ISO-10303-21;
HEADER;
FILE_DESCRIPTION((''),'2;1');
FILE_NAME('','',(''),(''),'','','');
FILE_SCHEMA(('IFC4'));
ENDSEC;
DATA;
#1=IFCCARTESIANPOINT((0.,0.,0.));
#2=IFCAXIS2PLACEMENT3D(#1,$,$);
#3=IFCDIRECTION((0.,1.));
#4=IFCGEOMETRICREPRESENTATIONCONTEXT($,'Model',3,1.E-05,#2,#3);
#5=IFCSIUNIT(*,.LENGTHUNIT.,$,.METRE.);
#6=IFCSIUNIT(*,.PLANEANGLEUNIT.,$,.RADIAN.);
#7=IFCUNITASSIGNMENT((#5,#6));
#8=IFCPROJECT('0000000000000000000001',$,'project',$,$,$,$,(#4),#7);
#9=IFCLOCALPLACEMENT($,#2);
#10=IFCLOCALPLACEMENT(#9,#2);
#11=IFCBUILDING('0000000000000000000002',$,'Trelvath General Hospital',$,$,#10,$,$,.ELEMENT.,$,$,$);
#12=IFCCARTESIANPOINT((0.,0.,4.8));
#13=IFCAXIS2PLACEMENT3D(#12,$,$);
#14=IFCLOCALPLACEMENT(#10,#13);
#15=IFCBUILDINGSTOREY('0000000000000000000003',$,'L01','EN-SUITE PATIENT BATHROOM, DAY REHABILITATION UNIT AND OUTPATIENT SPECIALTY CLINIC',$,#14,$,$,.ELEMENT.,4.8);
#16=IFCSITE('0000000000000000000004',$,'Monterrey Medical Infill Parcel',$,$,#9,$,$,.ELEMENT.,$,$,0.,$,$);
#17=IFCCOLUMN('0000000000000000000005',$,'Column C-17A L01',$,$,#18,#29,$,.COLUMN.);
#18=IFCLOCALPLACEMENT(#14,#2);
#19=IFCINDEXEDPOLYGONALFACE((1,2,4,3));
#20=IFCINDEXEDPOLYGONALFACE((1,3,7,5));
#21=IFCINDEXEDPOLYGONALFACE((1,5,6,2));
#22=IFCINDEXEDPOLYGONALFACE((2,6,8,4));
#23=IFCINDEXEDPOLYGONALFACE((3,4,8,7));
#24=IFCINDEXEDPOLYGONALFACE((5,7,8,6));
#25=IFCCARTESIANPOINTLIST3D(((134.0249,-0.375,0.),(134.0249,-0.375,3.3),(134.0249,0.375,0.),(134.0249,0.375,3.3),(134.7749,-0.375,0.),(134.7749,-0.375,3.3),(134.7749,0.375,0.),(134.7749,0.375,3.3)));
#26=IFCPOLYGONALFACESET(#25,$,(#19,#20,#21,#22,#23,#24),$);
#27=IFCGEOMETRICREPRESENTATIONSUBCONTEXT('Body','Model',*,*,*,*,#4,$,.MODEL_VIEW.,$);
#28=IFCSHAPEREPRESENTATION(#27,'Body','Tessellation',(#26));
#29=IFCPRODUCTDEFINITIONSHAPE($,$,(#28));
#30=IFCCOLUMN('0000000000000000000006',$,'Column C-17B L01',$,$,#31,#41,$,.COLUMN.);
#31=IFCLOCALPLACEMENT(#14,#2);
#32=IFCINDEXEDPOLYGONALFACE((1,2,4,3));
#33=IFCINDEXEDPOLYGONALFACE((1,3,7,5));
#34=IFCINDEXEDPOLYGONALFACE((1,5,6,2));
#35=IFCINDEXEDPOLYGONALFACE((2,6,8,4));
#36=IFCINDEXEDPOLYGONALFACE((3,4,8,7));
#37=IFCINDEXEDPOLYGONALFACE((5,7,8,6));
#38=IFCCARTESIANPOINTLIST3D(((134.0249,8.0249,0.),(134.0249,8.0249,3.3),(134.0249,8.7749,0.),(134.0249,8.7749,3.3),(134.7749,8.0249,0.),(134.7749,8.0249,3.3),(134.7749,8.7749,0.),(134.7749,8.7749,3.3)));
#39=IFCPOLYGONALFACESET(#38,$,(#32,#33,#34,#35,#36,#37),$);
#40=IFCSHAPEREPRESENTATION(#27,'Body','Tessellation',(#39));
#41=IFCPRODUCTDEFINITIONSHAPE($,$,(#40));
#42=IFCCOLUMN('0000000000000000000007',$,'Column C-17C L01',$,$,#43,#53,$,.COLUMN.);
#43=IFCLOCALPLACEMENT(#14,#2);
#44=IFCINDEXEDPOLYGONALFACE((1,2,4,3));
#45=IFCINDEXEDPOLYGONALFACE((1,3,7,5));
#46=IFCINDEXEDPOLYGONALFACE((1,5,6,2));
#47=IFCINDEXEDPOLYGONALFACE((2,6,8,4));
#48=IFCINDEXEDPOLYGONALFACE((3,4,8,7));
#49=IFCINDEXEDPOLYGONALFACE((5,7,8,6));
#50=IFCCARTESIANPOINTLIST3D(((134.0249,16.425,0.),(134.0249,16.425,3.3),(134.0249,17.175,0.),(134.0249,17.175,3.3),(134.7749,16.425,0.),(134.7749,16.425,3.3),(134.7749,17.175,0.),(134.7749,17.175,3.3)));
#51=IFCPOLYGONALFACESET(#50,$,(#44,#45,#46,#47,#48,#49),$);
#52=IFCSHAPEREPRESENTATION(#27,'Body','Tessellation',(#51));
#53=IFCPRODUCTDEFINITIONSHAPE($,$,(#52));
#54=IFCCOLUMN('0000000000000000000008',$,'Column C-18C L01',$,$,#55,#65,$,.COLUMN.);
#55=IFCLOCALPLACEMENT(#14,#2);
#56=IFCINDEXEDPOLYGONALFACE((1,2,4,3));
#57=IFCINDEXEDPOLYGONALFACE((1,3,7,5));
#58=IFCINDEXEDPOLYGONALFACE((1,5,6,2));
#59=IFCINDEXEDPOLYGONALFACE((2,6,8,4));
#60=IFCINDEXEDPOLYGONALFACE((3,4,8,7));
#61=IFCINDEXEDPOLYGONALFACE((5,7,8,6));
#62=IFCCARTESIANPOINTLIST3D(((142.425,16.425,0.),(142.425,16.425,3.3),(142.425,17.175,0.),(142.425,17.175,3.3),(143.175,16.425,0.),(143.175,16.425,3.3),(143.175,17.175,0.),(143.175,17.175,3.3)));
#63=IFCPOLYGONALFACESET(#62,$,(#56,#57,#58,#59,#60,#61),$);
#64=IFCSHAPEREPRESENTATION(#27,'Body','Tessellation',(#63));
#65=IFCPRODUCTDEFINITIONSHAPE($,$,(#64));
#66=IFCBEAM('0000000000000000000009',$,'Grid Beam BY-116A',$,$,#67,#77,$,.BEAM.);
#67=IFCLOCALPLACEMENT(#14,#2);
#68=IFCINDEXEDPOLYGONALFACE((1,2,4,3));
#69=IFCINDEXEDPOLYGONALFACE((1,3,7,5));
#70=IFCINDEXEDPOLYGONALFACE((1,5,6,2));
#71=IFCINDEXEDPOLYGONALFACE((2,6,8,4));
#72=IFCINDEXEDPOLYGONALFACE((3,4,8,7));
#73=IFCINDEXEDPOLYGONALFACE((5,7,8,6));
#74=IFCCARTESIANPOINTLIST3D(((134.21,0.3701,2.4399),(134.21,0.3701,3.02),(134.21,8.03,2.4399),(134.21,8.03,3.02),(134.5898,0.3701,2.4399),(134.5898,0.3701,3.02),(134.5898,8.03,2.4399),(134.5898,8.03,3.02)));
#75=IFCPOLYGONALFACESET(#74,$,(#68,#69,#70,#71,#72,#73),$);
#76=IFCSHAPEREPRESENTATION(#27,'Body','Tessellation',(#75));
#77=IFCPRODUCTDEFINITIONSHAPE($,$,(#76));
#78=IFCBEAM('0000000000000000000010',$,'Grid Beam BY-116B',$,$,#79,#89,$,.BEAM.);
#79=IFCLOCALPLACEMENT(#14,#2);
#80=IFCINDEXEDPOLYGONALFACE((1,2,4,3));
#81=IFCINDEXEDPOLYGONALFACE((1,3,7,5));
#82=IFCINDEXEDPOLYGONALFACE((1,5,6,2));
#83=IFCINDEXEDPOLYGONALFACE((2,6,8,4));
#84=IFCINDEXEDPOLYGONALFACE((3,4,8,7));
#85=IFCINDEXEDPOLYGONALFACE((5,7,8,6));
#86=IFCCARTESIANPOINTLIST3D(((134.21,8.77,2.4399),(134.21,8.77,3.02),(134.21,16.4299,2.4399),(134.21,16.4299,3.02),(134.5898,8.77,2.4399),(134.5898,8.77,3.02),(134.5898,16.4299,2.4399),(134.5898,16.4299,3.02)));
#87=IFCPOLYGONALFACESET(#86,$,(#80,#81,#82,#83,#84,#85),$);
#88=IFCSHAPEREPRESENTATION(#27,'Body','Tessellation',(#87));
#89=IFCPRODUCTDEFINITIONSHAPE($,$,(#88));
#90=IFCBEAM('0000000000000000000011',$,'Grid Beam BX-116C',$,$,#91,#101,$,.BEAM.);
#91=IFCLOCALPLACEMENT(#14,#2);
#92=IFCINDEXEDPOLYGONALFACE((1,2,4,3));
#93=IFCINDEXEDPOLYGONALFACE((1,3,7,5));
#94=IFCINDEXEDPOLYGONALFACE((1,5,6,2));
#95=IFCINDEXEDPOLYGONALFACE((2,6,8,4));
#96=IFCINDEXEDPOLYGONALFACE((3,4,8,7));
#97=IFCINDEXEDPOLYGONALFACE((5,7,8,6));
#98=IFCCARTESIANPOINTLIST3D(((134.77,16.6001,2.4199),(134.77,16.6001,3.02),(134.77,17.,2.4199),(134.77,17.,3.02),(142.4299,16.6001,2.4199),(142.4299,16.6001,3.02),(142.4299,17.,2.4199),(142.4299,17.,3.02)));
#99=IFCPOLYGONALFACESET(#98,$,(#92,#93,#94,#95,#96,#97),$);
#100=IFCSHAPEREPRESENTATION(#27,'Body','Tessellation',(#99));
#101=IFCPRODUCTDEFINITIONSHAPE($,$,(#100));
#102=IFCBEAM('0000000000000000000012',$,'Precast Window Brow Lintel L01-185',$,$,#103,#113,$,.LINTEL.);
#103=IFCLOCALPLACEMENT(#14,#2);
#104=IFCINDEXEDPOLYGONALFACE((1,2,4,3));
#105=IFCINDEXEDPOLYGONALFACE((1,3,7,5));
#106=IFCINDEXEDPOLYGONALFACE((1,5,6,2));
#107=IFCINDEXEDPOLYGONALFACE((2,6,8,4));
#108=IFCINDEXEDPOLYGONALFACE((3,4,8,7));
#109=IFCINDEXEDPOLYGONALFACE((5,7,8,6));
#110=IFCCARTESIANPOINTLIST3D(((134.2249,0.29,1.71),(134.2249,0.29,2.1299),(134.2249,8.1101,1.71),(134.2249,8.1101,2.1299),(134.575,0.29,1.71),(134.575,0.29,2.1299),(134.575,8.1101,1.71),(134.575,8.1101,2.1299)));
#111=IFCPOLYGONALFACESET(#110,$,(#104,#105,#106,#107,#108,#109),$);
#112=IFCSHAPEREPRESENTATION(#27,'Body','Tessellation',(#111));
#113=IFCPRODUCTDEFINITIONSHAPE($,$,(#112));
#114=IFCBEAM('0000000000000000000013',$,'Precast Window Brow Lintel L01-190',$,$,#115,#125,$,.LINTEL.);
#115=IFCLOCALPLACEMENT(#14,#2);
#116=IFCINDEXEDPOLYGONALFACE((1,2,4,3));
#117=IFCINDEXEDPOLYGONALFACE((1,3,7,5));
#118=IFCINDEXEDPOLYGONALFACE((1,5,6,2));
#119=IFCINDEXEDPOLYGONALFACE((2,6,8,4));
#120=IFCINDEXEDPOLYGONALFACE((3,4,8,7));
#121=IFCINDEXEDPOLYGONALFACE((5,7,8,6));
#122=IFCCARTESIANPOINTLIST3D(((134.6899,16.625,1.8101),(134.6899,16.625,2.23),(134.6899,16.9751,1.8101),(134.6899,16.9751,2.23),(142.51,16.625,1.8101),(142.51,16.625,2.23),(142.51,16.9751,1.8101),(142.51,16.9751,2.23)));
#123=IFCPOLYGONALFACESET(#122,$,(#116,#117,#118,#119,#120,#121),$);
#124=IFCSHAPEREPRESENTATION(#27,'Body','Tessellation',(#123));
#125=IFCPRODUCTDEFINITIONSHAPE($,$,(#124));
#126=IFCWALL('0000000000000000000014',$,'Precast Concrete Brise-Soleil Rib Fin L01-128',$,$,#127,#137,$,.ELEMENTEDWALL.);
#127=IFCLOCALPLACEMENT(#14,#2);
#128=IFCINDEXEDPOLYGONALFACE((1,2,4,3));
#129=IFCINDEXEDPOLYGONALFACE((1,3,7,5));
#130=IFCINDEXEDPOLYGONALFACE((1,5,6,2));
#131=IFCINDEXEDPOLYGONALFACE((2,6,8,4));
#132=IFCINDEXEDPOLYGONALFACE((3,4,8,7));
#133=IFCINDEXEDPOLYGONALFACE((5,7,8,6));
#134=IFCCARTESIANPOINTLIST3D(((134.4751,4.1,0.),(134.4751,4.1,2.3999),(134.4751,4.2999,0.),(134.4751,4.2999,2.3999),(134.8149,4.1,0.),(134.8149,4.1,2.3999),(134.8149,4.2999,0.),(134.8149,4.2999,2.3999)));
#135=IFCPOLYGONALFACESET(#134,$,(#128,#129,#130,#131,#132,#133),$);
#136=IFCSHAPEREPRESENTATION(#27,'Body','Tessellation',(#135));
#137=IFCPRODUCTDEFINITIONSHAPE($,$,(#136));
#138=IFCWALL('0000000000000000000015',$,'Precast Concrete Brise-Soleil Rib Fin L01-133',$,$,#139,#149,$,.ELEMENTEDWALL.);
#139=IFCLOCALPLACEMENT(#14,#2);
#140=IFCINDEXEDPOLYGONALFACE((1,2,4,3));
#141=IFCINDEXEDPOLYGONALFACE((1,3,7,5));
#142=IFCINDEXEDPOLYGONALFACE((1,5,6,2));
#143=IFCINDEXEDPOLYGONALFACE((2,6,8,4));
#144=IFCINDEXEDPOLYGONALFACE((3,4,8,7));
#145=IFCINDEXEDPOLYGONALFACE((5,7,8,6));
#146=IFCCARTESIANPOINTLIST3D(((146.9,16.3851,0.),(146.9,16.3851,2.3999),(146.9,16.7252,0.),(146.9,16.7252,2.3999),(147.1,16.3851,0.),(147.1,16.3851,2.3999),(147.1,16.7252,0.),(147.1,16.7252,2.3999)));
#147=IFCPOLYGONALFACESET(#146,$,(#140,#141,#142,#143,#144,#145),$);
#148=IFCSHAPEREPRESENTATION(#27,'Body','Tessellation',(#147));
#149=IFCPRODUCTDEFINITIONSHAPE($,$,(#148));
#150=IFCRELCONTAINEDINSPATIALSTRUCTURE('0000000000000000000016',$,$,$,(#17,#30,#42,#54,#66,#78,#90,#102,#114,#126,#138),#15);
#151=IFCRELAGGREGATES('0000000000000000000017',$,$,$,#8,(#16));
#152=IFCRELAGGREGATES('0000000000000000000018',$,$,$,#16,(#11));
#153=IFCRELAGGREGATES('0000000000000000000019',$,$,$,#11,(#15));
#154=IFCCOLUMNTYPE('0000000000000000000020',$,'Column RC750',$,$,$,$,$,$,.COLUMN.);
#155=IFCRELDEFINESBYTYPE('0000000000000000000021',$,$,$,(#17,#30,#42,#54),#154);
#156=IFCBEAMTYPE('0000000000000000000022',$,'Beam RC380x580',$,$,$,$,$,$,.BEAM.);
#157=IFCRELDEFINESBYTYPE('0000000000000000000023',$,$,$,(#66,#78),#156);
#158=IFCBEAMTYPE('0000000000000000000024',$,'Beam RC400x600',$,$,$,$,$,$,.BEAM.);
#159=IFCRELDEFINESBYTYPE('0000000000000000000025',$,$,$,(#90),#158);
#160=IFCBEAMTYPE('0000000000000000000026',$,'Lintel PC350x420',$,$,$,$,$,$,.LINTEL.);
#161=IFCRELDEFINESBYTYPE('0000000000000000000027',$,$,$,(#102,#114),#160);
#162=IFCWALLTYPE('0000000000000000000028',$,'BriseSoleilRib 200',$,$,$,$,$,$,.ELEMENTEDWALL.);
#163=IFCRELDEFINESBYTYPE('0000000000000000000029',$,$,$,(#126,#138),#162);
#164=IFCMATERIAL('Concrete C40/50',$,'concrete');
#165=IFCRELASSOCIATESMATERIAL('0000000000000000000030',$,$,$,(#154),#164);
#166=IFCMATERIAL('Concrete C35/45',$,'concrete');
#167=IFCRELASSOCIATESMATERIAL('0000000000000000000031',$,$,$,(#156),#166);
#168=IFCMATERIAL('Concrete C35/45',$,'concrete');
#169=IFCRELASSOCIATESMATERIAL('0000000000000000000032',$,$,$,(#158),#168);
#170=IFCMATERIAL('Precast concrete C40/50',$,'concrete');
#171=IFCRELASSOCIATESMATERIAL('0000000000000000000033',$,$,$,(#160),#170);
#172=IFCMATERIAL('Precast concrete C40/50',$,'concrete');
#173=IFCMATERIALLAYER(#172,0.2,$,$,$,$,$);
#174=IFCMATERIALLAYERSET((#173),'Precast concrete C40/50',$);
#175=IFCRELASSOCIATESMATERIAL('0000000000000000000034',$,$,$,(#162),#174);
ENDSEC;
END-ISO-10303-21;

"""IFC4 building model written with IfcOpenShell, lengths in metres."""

from ifc_helpers import new_model, si_unit, direction, frame, frame_2d, origin, origin_2d, place, context, subcontext, project, spatial, rectangle, extrude, material, layer, layer_set, material_profile, profile_set, type_object, element, save


model = new_model("IFC4")

# Units and contexts
model_context = context("Model", 3, precision=1e-05, world=origin(), true_north=direction((0.0, 1.0)))
body_context = subcontext(model_context, "Body", "Model", "MODEL_VIEW")
ifc_project = project(units=[si_unit("LENGTHUNIT", "METRE"), si_unit("PLANEANGLEUNIT", "RADIAN")], contexts=[model_context])

# Site, building, storey
site_placement = place(None, origin())
site = spatial("IfcSite", under=ifc_project, at=site_placement, Name="Monterrey Medical Infill Parcel", CompositionType="ELEMENT", RefElevation=0.0)
building_placement = place(site_placement, origin())
building = spatial("IfcBuilding", under=site, at=building_placement, Name="Trelvath General Hospital", CompositionType="ELEMENT")
storey_placement = place(building_placement, frame((0.0, 0.0, 4.8)))
storey = spatial("IfcBuildingStorey", under=building, at=storey_placement, Name="L01", Description="EN-SUITE PATIENT BATHROOM, DAY REHABILITATION UNIT AND OUTPATIENT SPECIALTY CLINIC", CompositionType="ELEMENT", Elevation=4.8)

# Columns
ifc_material_1 = material(Name="Concrete C40/50", Category="concrete")
ifc_material_profile_1 = material_profile(ifc_material_1, rectangle(XDim=0.75, YDim=0.75, at=origin_2d()), Name="RC750x750")
ifc_profile_set_1 = profile_set([ifc_material_profile_1], Name="Concrete C40/50")
column_type = type_object("IfcColumnType", Name="Column RC750", PredefinedType="COLUMN", material=ifc_profile_set_1)
for number, where, z_axis, x_axis, name in (
    (1, (134.3999, 0.0, 0.0), (0.0, 0.0, 1.0), (1.0, 0.0, 0.0), "Column C-17A L01"),
    (2, (134.3999, 8.3999, 0.0), (0.0, 0.0, 1.0), (1.0, 0.0, 0.0), "Column C-17B L01"),
    (3, (134.3999, 16.8, 0.0), (0.0, 0.0, 1.0), (1.0, 0.0, 0.0), "Column C-17C L01"),
    (4, (142.8, 16.8, 0.0), (0.0, 0.0, 1.0), (1.0, 0.0, 0.0), "Column C-18C L01"),
):
    element("IfcColumn", number, at=place(storey_placement, frame(where, z_axis=z_axis, x_axis=x_axis)), inside=storey, type_object=column_type, Name=name, PredefinedType="COLUMN", context=body_context, shape_type="SweptSolid", body=[
        extrude(rectangle(XDim=0.75, YDim=0.75, at=origin_2d()), origin(), (0.0, 0.0, 1.0), 3.3),
    ])

# Beams
ifc_material_2 = material(Name="Concrete C35/45", Category="concrete")
ifc_material_profile_2 = material_profile(ifc_material_2, rectangle(XDim=0.3799, YDim=0.5801, at=origin_2d()), Name="RCB380x580")
ifc_profile_set_2 = profile_set([ifc_material_profile_2], Name="Concrete C35/45")
beam_type_1 = type_object("IfcBeamType", Name="Beam RC380x580", PredefinedType="BEAM", material=ifc_profile_set_2)
for number, where, z_axis, x_axis, name in (
    (5, (134.3999, 0.3701, 2.73), (0.0, 1.0, 0.0), (-1.0, 0.0, 0.0), "Grid Beam BY-116A"),
    (6, (134.3999, 8.77, 2.73), (0.0, 1.0, 0.0), (-1.0, 0.0, 0.0), "Grid Beam BY-116B"),
):
    element("IfcBeam", number, at=place(storey_placement, frame(where, z_axis=z_axis, x_axis=x_axis)), inside=storey, type_object=beam_type_1, Name=name, PredefinedType="BEAM", context=body_context, shape_type="SweptSolid", body=[
        extrude(rectangle(XDim=0.3799, YDim=0.5801, at=origin_2d()), origin(), (0.0, 0.0, 1.0), 7.6599),
    ])
ifc_material_3 = material(Name="Concrete C35/45", Category="concrete")
ifc_material_profile_3 = material_profile(ifc_material_3, rectangle(XDim=0.3999, YDim=0.6001, at=origin_2d()), Name="RCB400x600")
ifc_profile_set_3 = profile_set([ifc_material_profile_3], Name="Concrete C35/45")
beam_type_2 = type_object("IfcBeamType", Name="Beam RC400x600", PredefinedType="BEAM", material=ifc_profile_set_3)
beam_placement = place(storey_placement, frame((134.77, 16.8, 2.72), z_axis=(1.0, 0.0, 0.0), x_axis=(0.0, 1.0, 0.0)))
element("IfcBeam", 7, at=beam_placement, inside=storey, type_object=beam_type_2, Name="Grid Beam BX-116C", PredefinedType="BEAM", context=body_context, shape_type="SweptSolid", body=[
    extrude(rectangle(XDim=0.3999, YDim=0.6001, at=origin_2d()), origin(), (0.0, 0.0, 1.0), 7.6599),
])
ifc_material_4 = material(Name="Precast concrete C40/50", Category="concrete")
ifc_material_profile_4 = material_profile(ifc_material_4, rectangle(XDim=0.3501, YDim=0.4199, at=origin_2d()), Name="PCL350x420")
ifc_profile_set_4 = profile_set([ifc_material_profile_4], Name="Precast concrete C40/50")
beam_type_3 = type_object("IfcBeamType", Name="Lintel PC350x420", PredefinedType="LINTEL", material=ifc_profile_set_4)
for number, where, z_axis, x_axis, name in (
    (8, (134.3999, 8.1101, 1.9199), (0.0, -1.0, 0.0), (1.0, 0.0, 0.0), "Precast Window Brow Lintel L01-185"),
    (9, (142.51, 16.8, 2.02), (-1.0, 0.0, 0.0), (0.0, -1.0, 0.0), "Precast Window Brow Lintel L01-190"),
):
    element("IfcBeam", number, at=place(storey_placement, frame(where, z_axis=z_axis, x_axis=x_axis)), inside=storey, type_object=beam_type_3, Name=name, PredefinedType="LINTEL", context=body_context, shape_type="SweptSolid", body=[
        extrude(rectangle(XDim=0.3501, YDim=0.4199, at=origin_2d()), origin(), (0.0, 0.0, 1.0), 7.8201),
    ])

# Walls
ifc_material_5 = material(Name="Precast concrete C40/50", Category="concrete")
ifc_layer_1 = layer(ifc_material_5, 0.2)
ifc_layer_set_1 = layer_set([ifc_layer_1], Name="Precast concrete C40/50")
wall_type_1 = type_object("IfcWallType", Name="BriseSoleilRib 200", PredefinedType="ELEMENTEDWALL", material=ifc_layer_set_1)
wall_1_placement = place(storey_placement, frame((134.4751, 4.2, 0.0), z_axis=(0.0, 0.0, 1.0), x_axis=(1.0, 0.0, 0.0)))
element("IfcWall", 10, at=wall_1_placement, inside=storey, type_object=wall_type_1, Name="Precast Concrete Brise-Soleil Rib Fin L01-128", PredefinedType="ELEMENTEDWALL", context=body_context, shape_type="SweptSolid", body=[
    extrude(rectangle(XDim=0.3398, YDim=0.2, at=frame_2d((0.1699, 0.0))), origin(), (0.0, 0.0, 1.0), 2.3999),
])
wall_2_placement = place(storey_placement, frame((147.0, 16.7251, 0.0), z_axis=(0.0, 0.0, 1.0), x_axis=(0.0, -1.0, 0.0)))
element("IfcWall", 11, at=wall_2_placement, inside=storey, type_object=wall_type_1, Name="Precast Concrete Brise-Soleil Rib Fin L01-133", PredefinedType="ELEMENTEDWALL", context=body_context, shape_type="SweptSolid", body=[
    extrude(rectangle(XDim=0.3401, YDim=0.2, at=frame_2d((0.1699, 0.0))), origin(), (0.0, 0.0, 1.0), 2.3999),
])

save(model, "model.ifc")
